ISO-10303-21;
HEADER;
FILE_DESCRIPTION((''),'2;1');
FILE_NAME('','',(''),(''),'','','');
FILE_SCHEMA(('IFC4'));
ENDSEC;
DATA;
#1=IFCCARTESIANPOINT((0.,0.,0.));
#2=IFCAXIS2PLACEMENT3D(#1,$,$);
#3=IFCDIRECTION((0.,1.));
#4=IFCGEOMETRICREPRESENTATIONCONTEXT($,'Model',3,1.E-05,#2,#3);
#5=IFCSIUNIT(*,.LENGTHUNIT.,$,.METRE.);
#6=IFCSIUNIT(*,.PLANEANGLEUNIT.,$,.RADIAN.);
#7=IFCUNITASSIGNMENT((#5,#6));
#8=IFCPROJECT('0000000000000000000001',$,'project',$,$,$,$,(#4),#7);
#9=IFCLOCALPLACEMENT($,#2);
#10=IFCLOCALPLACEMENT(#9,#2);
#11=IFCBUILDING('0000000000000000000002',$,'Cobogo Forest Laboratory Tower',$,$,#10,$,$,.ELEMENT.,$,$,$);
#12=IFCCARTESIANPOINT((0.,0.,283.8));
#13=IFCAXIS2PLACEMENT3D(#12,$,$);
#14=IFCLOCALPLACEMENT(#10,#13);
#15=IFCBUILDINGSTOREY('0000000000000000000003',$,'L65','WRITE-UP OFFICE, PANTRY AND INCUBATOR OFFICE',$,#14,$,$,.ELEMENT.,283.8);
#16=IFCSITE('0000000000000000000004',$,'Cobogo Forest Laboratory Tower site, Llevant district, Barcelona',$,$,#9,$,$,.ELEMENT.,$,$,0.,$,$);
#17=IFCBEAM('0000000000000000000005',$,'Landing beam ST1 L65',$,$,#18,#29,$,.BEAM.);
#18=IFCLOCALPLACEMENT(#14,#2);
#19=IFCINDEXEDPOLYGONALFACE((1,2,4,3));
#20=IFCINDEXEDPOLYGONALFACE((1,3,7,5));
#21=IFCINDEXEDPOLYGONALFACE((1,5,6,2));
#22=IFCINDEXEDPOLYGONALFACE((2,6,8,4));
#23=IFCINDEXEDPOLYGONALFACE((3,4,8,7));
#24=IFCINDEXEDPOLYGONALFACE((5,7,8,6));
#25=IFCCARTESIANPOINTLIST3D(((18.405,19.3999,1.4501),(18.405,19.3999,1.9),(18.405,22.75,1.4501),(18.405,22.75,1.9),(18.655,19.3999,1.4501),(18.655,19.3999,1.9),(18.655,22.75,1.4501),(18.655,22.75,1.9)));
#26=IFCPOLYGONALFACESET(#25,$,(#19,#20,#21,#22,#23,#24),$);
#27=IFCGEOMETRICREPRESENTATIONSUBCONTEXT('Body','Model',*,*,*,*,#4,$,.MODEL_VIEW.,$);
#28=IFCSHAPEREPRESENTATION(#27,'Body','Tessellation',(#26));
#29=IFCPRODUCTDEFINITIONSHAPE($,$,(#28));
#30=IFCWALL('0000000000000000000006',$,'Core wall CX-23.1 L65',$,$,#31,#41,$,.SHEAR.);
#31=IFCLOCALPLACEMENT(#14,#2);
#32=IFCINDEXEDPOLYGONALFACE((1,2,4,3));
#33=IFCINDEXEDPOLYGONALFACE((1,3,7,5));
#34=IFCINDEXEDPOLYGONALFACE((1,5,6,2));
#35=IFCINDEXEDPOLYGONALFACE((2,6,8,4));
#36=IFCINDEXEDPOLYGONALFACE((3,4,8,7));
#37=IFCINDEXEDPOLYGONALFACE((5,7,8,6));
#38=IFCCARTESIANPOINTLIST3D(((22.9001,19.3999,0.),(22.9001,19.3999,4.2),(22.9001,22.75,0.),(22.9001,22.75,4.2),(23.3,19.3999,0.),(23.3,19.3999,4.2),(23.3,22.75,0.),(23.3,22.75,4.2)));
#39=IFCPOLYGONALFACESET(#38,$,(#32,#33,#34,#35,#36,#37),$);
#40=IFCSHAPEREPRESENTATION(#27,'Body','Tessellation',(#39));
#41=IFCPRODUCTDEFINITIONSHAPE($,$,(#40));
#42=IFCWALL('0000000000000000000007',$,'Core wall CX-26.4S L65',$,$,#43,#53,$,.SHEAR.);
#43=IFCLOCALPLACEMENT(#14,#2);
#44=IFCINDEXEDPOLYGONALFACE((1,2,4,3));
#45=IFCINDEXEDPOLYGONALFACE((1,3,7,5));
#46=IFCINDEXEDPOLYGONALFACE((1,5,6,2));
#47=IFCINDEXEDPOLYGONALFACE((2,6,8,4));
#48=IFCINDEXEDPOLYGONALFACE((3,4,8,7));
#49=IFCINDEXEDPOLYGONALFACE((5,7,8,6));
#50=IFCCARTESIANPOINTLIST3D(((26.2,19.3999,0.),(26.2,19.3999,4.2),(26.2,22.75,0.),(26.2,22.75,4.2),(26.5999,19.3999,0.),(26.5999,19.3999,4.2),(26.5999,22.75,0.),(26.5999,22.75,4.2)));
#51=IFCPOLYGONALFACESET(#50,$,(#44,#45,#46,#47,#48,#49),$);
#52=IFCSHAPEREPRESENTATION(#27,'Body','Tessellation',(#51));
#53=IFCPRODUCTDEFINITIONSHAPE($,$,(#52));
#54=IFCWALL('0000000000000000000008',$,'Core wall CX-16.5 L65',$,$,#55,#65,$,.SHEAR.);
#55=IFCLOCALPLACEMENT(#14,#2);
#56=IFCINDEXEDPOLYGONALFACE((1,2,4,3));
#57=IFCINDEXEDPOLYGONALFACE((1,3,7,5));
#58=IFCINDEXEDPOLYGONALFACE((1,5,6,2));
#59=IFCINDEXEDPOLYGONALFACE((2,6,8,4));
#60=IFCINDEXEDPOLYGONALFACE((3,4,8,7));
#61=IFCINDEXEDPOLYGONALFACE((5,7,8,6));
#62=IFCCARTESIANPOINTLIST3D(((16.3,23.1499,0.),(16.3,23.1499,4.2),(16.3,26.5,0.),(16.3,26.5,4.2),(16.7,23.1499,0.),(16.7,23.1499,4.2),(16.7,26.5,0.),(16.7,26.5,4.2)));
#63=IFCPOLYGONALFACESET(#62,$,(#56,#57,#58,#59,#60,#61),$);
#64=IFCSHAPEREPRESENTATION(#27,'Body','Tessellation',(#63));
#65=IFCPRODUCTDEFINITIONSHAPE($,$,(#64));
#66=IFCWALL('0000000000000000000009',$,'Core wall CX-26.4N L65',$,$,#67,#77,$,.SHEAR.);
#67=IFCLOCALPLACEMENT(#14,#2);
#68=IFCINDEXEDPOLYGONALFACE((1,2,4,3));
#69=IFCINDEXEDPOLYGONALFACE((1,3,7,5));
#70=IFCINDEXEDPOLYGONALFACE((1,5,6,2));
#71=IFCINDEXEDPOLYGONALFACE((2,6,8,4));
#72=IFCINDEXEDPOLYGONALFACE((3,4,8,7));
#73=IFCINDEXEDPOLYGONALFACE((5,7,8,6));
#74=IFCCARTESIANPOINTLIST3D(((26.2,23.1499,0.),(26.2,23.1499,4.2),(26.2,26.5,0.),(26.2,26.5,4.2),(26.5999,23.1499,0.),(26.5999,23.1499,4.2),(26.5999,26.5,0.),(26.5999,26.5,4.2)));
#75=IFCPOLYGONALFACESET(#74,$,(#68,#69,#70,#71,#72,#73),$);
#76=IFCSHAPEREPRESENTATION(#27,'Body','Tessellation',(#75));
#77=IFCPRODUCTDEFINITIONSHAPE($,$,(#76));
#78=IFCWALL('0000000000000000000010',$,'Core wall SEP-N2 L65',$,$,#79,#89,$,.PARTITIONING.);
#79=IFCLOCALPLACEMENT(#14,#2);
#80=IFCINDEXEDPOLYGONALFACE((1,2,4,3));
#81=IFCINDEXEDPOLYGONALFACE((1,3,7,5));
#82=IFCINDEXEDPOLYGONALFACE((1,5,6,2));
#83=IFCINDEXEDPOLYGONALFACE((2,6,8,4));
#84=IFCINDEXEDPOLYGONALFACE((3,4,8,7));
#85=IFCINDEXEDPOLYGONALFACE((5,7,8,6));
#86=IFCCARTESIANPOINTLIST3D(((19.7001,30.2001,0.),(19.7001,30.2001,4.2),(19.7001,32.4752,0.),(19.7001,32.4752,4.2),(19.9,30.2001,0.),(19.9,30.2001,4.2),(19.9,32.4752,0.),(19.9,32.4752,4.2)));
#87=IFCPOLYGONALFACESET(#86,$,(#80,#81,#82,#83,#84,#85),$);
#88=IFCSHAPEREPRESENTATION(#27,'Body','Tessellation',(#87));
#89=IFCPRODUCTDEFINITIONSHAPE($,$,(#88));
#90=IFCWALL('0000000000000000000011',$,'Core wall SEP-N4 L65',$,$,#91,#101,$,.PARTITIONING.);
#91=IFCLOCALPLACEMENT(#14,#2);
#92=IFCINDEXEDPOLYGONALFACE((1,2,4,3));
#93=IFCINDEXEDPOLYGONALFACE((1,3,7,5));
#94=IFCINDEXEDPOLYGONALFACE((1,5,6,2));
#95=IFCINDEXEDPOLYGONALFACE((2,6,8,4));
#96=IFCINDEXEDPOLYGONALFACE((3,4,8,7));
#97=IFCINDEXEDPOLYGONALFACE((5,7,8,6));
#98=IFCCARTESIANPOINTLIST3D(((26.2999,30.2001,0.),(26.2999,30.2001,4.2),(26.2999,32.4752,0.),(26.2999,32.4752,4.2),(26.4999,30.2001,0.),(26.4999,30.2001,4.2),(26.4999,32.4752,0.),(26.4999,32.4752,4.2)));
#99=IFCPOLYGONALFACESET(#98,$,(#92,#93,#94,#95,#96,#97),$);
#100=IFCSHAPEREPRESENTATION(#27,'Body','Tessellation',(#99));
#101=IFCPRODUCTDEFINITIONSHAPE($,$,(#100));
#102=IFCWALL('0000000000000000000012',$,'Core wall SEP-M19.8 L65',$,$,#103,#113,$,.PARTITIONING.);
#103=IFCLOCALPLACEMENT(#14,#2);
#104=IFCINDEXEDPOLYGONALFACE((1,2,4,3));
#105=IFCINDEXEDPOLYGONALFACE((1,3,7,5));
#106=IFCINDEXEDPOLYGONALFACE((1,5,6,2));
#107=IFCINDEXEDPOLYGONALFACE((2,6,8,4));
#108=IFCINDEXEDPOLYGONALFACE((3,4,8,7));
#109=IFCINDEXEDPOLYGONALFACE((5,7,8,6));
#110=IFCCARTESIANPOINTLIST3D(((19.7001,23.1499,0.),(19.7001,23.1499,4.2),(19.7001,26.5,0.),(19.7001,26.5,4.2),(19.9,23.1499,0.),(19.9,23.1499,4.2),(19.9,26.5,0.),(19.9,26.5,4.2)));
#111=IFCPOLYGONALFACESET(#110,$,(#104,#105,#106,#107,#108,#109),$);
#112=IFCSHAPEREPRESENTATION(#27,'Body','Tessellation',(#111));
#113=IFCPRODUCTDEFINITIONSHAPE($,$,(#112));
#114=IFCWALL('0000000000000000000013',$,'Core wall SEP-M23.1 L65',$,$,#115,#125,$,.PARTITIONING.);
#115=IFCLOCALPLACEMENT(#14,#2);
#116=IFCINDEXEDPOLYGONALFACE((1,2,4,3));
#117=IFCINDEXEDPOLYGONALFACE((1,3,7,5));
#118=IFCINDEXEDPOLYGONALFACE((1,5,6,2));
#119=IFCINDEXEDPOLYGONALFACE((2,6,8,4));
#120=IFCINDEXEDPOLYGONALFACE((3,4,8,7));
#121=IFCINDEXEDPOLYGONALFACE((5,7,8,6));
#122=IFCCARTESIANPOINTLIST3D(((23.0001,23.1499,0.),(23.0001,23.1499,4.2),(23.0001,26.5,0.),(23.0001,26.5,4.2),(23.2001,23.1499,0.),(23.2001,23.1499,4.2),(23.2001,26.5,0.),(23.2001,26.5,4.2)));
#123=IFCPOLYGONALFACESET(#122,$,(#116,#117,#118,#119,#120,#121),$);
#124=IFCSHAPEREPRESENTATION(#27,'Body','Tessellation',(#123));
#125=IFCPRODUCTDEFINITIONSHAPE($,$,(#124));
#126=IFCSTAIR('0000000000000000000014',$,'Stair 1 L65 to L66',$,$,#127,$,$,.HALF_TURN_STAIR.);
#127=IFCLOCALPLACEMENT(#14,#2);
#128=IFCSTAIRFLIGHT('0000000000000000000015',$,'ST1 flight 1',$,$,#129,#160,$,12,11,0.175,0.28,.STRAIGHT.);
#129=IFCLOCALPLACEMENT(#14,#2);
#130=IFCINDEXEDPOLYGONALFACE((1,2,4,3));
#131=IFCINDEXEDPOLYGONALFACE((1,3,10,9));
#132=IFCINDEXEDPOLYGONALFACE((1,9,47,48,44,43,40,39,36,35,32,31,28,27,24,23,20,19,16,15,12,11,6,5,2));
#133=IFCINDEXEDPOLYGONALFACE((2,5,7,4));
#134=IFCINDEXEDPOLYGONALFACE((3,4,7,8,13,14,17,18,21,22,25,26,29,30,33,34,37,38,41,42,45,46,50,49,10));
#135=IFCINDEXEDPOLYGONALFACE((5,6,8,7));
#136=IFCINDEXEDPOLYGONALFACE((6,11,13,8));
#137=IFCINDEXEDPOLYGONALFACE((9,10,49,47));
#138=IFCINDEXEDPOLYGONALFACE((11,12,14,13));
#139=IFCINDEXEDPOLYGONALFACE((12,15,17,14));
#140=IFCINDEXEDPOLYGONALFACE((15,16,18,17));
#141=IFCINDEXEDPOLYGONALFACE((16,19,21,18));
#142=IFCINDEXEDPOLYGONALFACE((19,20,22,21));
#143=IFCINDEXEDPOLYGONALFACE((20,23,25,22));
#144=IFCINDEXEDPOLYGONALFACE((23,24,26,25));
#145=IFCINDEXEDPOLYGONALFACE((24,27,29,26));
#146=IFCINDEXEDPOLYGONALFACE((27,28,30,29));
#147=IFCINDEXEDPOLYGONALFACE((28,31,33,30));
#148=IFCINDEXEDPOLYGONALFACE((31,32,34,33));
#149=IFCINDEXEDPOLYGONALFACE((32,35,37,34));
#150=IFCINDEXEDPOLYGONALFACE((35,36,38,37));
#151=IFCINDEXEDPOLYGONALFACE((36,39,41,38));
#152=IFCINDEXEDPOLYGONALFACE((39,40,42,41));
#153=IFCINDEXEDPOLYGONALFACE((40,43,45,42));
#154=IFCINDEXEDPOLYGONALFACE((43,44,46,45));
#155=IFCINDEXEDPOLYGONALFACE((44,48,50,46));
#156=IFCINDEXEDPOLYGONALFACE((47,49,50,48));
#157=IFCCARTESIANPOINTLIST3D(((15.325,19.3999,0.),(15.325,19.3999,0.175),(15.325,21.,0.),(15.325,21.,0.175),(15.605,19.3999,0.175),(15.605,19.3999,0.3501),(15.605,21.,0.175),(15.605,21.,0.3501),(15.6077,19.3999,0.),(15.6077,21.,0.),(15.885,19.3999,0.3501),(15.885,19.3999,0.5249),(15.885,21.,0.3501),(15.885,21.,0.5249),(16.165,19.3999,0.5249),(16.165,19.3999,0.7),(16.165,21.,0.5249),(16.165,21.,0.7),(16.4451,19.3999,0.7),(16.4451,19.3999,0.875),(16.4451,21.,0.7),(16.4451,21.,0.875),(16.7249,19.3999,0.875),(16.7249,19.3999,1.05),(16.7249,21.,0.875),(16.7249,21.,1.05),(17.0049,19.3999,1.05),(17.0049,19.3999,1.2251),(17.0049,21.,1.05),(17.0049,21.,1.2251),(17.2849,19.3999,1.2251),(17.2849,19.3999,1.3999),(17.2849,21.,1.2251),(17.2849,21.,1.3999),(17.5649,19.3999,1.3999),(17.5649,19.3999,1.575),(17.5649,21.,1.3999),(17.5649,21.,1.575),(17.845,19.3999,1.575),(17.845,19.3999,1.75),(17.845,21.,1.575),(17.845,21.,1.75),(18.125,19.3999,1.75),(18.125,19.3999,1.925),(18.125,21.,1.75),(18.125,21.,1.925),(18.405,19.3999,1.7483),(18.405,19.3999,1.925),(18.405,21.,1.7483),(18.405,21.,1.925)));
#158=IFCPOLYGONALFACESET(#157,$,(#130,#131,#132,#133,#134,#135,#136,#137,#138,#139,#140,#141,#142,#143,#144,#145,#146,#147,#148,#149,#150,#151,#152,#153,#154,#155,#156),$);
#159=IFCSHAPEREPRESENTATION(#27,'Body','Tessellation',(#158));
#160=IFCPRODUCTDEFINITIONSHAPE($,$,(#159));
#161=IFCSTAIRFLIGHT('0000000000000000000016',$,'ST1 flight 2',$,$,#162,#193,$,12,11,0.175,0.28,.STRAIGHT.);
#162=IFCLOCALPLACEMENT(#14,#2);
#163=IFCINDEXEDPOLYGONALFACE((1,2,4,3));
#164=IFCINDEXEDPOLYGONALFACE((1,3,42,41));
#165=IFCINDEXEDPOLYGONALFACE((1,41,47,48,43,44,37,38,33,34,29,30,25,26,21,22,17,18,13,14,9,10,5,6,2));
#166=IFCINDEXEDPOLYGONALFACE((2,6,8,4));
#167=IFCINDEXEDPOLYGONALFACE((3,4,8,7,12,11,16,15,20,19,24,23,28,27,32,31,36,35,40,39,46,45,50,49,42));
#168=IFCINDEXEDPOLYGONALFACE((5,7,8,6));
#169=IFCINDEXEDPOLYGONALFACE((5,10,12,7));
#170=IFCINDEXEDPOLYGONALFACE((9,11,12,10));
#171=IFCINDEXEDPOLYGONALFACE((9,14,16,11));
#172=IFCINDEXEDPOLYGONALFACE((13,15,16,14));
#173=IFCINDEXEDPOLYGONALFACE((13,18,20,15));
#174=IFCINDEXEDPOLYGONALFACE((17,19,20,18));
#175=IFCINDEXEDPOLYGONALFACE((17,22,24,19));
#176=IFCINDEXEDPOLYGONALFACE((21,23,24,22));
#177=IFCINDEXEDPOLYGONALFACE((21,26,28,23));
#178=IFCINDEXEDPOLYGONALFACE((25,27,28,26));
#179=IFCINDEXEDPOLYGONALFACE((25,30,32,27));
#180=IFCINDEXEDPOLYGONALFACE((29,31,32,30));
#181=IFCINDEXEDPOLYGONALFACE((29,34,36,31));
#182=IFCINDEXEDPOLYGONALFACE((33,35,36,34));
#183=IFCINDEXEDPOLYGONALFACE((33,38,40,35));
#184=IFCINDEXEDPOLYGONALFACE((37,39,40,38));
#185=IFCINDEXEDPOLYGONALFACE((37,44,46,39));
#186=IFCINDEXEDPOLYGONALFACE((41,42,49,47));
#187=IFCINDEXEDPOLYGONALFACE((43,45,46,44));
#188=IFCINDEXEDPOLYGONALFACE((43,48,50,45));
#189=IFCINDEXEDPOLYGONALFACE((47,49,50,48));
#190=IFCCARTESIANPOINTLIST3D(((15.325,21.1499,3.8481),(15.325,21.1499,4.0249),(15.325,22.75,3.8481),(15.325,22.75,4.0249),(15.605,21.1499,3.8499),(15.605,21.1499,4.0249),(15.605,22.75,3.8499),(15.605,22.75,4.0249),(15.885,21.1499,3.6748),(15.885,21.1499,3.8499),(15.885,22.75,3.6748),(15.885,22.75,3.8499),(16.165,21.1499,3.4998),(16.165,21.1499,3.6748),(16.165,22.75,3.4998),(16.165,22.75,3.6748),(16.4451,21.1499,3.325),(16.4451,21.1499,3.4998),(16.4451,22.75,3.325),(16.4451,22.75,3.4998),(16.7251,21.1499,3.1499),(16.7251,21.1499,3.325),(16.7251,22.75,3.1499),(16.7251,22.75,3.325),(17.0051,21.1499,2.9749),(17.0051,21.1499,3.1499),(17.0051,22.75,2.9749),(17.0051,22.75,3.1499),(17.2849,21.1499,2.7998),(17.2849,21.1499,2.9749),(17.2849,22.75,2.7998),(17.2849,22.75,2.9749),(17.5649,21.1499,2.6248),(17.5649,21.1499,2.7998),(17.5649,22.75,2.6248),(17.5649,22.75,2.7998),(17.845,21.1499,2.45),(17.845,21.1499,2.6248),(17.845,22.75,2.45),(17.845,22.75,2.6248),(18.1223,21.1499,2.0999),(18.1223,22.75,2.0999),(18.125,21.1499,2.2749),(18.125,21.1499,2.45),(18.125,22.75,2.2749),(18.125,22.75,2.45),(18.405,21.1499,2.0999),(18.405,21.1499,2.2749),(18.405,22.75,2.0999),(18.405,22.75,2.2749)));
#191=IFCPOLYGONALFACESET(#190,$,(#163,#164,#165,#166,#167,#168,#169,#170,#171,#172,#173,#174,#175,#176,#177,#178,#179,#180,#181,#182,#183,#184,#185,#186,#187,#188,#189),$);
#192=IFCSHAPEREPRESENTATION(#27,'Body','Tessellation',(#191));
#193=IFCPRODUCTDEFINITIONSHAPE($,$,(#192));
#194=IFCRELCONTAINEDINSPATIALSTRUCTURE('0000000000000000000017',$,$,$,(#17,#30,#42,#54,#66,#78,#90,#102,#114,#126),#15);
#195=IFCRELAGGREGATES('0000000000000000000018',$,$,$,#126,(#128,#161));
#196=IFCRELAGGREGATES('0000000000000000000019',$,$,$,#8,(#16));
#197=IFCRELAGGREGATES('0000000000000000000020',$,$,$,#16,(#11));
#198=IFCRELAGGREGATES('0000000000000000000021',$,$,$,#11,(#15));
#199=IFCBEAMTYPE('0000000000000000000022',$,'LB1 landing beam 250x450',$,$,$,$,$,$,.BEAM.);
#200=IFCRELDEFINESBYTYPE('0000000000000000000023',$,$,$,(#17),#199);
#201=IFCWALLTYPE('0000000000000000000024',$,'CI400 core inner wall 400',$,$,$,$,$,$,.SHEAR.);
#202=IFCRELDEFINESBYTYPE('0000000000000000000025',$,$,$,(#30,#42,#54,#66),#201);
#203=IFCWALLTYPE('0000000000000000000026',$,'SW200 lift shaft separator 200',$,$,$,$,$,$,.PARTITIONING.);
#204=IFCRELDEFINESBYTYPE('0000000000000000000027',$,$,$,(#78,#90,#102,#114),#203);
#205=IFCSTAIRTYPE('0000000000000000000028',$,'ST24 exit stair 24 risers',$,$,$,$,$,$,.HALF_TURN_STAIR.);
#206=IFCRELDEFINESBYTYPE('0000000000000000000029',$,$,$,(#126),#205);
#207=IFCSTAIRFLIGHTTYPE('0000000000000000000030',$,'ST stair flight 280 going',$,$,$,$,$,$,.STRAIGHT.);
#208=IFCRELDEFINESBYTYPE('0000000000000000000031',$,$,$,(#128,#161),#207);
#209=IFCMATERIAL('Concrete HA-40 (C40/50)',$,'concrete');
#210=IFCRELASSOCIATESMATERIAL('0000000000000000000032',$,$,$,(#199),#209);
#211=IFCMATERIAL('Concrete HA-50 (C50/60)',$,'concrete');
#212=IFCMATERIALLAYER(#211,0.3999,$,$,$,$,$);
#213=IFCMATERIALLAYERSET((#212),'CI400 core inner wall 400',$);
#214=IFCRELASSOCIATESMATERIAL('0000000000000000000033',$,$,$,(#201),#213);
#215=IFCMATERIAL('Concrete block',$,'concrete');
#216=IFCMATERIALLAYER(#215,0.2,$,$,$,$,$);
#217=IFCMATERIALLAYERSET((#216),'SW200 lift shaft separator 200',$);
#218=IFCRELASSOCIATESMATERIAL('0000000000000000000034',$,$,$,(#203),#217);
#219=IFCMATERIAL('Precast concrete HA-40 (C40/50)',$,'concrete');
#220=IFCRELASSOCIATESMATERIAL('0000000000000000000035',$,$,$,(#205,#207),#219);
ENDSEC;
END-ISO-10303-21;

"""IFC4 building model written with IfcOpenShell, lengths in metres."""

from ifc_helpers import new_model, si_unit, direction, frame, frame_2d, origin, origin_2d, place, context, subcontext, project, spatial, polyline, rectangle, outline, extrude, material, layer, layer_set, material_profile, profile_set, type_object, element, aggregate, save


model = new_model("IFC4")

# Units and contexts
model_context = context("Model", 3, precision=1e-05, world=origin(), true_north=direction((0.0, 1.0)))
body_context = subcontext(model_context, "Body", "Model", "MODEL_VIEW")
ifc_project = project(units=[si_unit("LENGTHUNIT", "METRE"), si_unit("PLANEANGLEUNIT", "RADIAN")], contexts=[model_context])

# Site, building, storey
site_placement = place(None, origin())
site = spatial("IfcSite", under=ifc_project, at=site_placement, Name="Cobogo Forest Laboratory Tower site, Llevant district, Barcelona", CompositionType="ELEMENT", RefElevation=0.0)
building_placement = place(site_placement, origin())
building = spatial("IfcBuilding", under=site, at=building_placement, Name="Cobogo Forest Laboratory Tower", CompositionType="ELEMENT")
storey_placement = place(building_placement, frame((0.0, 0.0, 283.8)))
storey = spatial("IfcBuildingStorey", under=building, at=storey_placement, Name="L65", Description="WRITE-UP OFFICE, PANTRY AND INCUBATOR OFFICE", CompositionType="ELEMENT", Elevation=283.8)

# Beam
ifc_material_1 = material(Name="Concrete HA-40 (C40/50)", Category="concrete")
ifc_material_profile = material_profile(ifc_material_1, rectangle(XDim=0.25, YDim=0.45, at=origin_2d()), Name="RC 250x450")
ifc_profile_set = profile_set([ifc_material_profile], Name="Concrete HA-40 (C40/50)")
beam_type = type_object("IfcBeamType", Name="LB1 landing beam 250x450", PredefinedType="BEAM", material=ifc_profile_set)
beam_placement = place(storey_placement, frame((18.53, 19.3999, 1.675), z_axis=(0.0, 1.0, 0.0), x_axis=(-1.0, 0.0, 0.0)))
element("IfcBeam", 1, at=beam_placement, inside=storey, type_object=beam_type, Name="Landing beam ST1 L65", PredefinedType="BEAM", context=body_context, shape_type="SweptSolid", body=[
    extrude(rectangle(XDim=0.25, YDim=0.45, at=origin_2d()), origin(), (0.0, 0.0, 1.0), 3.3501),
])

# Walls
ifc_material_2 = material(Name="Concrete HA-50 (C50/60)", Category="concrete")
ifc_layer_1 = layer(ifc_material_2, 0.3999)
ifc_layer_set_1 = layer_set([ifc_layer_1], Name="CI400 core inner wall 400")
wall_type_1 = type_object("IfcWallType", Name="CI400 core inner wall 400", PredefinedType="SHEAR", material=ifc_layer_set_1)
for number, where, z_axis, x_axis, name in (
    (2, (23.1001, 19.3999, 0.0), (0.0, 0.0, 1.0), (0.0, 1.0, 0.0), "Core wall CX-23.1 L65"),
    (3, (26.3999, 19.3999, 0.0), (0.0, 0.0, 1.0), (0.0, 1.0, 0.0), "Core wall CX-26.4S L65"),
    (4, (16.5, 23.1499, 0.0), (0.0, 0.0, 1.0), (0.0, 1.0, 0.0), "Core wall CX-16.5 L65"),
    (5, (26.3999, 23.1499, 0.0), (0.0, 0.0, 1.0), (0.0, 1.0, 0.0), "Core wall CX-26.4N L65"),
):
    element("IfcWall", number, at=place(storey_placement, frame(where, z_axis=z_axis, x_axis=x_axis)), inside=storey, type_object=wall_type_1, Name=name, PredefinedType="SHEAR", context=body_context, shape_type="SweptSolid", body=[
        extrude(rectangle(XDim=3.3501, YDim=0.3999, at=frame_2d((1.675, 0.0))), origin(), (0.0, 0.0, 1.0), 4.2),
    ])
ifc_material_3 = material(Name="Concrete block", Category="concrete")
ifc_layer_2 = layer(ifc_material_3, 0.2)
ifc_layer_set_2 = layer_set([ifc_layer_2], Name="SW200 lift shaft separator 200")
wall_type_2 = type_object("IfcWallType", Name="SW200 lift shaft separator 200", PredefinedType="PARTITIONING", material=ifc_layer_set_2)
for number, where, z_axis, x_axis, name in (
    (6, (19.8, 30.2, 0.0), (0.0, 0.0, 1.0), (0.0, 1.0, 0.0), "Core wall SEP-N2 L65"),
    (7, (26.3999, 30.2, 0.0), (0.0, 0.0, 1.0), (0.0, 1.0, 0.0), "Core wall SEP-N4 L65"),
):
    element("IfcWall", number, at=place(storey_placement, frame(where, z_axis=z_axis, x_axis=x_axis)), inside=storey, type_object=wall_type_2, Name=name, PredefinedType="PARTITIONING", context=body_context, shape_type="SweptSolid", body=[
        extrude(rectangle(XDim=2.2751, YDim=0.2, at=frame_2d((1.1377, 0.0))), origin(), (0.0, 0.0, 1.0), 4.2),
    ])
for number, where, z_axis, x_axis, name in (
    (8, (19.8, 23.1499, 0.0), (0.0, 0.0, 1.0), (0.0, 1.0, 0.0), "Core wall SEP-M19.8 L65"),
    (9, (23.1001, 23.1499, 0.0), (0.0, 0.0, 1.0), (0.0, 1.0, 0.0), "Core wall SEP-M23.1 L65"),
):
    element("IfcWall", number, at=place(storey_placement, frame(where, z_axis=z_axis, x_axis=x_axis)), inside=storey, type_object=wall_type_2, Name=name, PredefinedType="PARTITIONING", context=body_context, shape_type="SweptSolid", body=[
        extrude(rectangle(XDim=3.3501, YDim=0.2, at=frame_2d((1.675, 0.0))), origin(), (0.0, 0.0, 1.0), 4.2),
    ])

# Stair, stair flights
ifc_material_4 = material(Name="Precast concrete HA-40 (C40/50)", Category="concrete")
stair_type = type_object("IfcStairType", Name="ST24 exit stair 24 risers", PredefinedType="HALF_TURN_STAIR", material=ifc_material_4)
stair_placement = place(storey_placement, origin())
stair = element("IfcStair", 10, at=stair_placement, inside=storey, type_object=stair_type, Name="Stair 1 L65 to L66", PredefinedType="HALF_TURN_STAIR")
stair_flight_type = type_object("IfcStairFlightType", Name="ST stair flight 280 going", PredefinedType="STRAIGHT", material=ifc_material_4)
stair_flight_1_placement = place(storey_placement, frame((15.325, 20.2, 0.0), z_axis=(0.0, 0.0, 1.0), x_axis=(1.0, 0.0, 0.0)))
stair_flight_1 = element("IfcStairFlight", 11, at=stair_flight_1_placement, type_object=stair_flight_type, Name="ST1 flight 1", NumberOfRisers=12, NumberOfTreads=11, PredefinedType="STRAIGHT", RiserHeight=0.175, TreadLength=0.28, context=body_context, shape_type="SweptSolid", body=[
    extrude(outline(polyline([(0.0, 0.0), (0.0, 0.175), (0.28, 0.175), (0.28, 0.3501), (0.5601, 0.3501), (0.5601, 0.5249), (0.8401, 0.5249), (0.8401, 0.7), (1.1201, 0.7), (1.1201, 0.875), (1.3999, 0.875), (1.3999, 1.05), (1.6799, 1.05), (1.6799, 1.2251), (1.96, 1.2251), (1.96, 1.3999), (2.24, 1.3999), (2.24, 1.575), (2.52, 1.575), (2.52, 1.75), (2.8, 1.75), (2.8, 1.925), (3.0801, 1.925), (3.0801, 2.1001), (3.0801, 1.7483), (0.2827, 0.0), (0.0, 0.0)])), frame((0.0, 0.8, 0.0), z_axis=(0.0, -1.0, 0.0), x_axis=(1.0, 0.0, 0.0)), (0.0, 0.0, 1.0), 1.6001),
])
stair_flight_2_placement = place(storey_placement, frame((18.405, 21.95, 2.0999), z_axis=(0.0, 0.0, 1.0), x_axis=(-1.0, 0.0, 0.0)))
stair_flight_2 = element("IfcStairFlight", 12, at=stair_flight_2_placement, type_object=stair_flight_type, Name="ST1 flight 2", NumberOfRisers=12, NumberOfTreads=11, PredefinedType="STRAIGHT", RiserHeight=0.175, TreadLength=0.28, context=body_context, shape_type="SweptSolid", body=[
    extrude(outline(polyline([(0.0, 0.0), (0.0, 0.175), (0.28, 0.175), (0.28, 0.3501), (0.5601, 0.3501), (0.5601, 0.5249), (0.8401, 0.5249), (0.8401, 0.7), (1.1201, 0.7), (1.1201, 0.875), (1.3999, 0.875), (1.3999, 1.05), (1.6799, 1.05), (1.6799, 1.2251), (1.96, 1.2251), (1.96, 1.3999), (2.24, 1.3999), (2.24, 1.575), (2.52, 1.575), (2.52, 1.75), (2.8, 1.75), (2.8, 1.925), (3.0801, 1.925), (3.0801, 2.1001), (3.0801, 1.7483), (0.2827, 0.0), (0.0, 0.0)])), frame((0.0, 0.8, 0.0), z_axis=(0.0, -1.0, 0.0), x_axis=(1.0, 0.0, 0.0)), (0.0, 0.0, 1.0), 1.6001),
])
aggregate(stair, [stair_flight_1, stair_flight_2])

save(model, "model.ifc")
